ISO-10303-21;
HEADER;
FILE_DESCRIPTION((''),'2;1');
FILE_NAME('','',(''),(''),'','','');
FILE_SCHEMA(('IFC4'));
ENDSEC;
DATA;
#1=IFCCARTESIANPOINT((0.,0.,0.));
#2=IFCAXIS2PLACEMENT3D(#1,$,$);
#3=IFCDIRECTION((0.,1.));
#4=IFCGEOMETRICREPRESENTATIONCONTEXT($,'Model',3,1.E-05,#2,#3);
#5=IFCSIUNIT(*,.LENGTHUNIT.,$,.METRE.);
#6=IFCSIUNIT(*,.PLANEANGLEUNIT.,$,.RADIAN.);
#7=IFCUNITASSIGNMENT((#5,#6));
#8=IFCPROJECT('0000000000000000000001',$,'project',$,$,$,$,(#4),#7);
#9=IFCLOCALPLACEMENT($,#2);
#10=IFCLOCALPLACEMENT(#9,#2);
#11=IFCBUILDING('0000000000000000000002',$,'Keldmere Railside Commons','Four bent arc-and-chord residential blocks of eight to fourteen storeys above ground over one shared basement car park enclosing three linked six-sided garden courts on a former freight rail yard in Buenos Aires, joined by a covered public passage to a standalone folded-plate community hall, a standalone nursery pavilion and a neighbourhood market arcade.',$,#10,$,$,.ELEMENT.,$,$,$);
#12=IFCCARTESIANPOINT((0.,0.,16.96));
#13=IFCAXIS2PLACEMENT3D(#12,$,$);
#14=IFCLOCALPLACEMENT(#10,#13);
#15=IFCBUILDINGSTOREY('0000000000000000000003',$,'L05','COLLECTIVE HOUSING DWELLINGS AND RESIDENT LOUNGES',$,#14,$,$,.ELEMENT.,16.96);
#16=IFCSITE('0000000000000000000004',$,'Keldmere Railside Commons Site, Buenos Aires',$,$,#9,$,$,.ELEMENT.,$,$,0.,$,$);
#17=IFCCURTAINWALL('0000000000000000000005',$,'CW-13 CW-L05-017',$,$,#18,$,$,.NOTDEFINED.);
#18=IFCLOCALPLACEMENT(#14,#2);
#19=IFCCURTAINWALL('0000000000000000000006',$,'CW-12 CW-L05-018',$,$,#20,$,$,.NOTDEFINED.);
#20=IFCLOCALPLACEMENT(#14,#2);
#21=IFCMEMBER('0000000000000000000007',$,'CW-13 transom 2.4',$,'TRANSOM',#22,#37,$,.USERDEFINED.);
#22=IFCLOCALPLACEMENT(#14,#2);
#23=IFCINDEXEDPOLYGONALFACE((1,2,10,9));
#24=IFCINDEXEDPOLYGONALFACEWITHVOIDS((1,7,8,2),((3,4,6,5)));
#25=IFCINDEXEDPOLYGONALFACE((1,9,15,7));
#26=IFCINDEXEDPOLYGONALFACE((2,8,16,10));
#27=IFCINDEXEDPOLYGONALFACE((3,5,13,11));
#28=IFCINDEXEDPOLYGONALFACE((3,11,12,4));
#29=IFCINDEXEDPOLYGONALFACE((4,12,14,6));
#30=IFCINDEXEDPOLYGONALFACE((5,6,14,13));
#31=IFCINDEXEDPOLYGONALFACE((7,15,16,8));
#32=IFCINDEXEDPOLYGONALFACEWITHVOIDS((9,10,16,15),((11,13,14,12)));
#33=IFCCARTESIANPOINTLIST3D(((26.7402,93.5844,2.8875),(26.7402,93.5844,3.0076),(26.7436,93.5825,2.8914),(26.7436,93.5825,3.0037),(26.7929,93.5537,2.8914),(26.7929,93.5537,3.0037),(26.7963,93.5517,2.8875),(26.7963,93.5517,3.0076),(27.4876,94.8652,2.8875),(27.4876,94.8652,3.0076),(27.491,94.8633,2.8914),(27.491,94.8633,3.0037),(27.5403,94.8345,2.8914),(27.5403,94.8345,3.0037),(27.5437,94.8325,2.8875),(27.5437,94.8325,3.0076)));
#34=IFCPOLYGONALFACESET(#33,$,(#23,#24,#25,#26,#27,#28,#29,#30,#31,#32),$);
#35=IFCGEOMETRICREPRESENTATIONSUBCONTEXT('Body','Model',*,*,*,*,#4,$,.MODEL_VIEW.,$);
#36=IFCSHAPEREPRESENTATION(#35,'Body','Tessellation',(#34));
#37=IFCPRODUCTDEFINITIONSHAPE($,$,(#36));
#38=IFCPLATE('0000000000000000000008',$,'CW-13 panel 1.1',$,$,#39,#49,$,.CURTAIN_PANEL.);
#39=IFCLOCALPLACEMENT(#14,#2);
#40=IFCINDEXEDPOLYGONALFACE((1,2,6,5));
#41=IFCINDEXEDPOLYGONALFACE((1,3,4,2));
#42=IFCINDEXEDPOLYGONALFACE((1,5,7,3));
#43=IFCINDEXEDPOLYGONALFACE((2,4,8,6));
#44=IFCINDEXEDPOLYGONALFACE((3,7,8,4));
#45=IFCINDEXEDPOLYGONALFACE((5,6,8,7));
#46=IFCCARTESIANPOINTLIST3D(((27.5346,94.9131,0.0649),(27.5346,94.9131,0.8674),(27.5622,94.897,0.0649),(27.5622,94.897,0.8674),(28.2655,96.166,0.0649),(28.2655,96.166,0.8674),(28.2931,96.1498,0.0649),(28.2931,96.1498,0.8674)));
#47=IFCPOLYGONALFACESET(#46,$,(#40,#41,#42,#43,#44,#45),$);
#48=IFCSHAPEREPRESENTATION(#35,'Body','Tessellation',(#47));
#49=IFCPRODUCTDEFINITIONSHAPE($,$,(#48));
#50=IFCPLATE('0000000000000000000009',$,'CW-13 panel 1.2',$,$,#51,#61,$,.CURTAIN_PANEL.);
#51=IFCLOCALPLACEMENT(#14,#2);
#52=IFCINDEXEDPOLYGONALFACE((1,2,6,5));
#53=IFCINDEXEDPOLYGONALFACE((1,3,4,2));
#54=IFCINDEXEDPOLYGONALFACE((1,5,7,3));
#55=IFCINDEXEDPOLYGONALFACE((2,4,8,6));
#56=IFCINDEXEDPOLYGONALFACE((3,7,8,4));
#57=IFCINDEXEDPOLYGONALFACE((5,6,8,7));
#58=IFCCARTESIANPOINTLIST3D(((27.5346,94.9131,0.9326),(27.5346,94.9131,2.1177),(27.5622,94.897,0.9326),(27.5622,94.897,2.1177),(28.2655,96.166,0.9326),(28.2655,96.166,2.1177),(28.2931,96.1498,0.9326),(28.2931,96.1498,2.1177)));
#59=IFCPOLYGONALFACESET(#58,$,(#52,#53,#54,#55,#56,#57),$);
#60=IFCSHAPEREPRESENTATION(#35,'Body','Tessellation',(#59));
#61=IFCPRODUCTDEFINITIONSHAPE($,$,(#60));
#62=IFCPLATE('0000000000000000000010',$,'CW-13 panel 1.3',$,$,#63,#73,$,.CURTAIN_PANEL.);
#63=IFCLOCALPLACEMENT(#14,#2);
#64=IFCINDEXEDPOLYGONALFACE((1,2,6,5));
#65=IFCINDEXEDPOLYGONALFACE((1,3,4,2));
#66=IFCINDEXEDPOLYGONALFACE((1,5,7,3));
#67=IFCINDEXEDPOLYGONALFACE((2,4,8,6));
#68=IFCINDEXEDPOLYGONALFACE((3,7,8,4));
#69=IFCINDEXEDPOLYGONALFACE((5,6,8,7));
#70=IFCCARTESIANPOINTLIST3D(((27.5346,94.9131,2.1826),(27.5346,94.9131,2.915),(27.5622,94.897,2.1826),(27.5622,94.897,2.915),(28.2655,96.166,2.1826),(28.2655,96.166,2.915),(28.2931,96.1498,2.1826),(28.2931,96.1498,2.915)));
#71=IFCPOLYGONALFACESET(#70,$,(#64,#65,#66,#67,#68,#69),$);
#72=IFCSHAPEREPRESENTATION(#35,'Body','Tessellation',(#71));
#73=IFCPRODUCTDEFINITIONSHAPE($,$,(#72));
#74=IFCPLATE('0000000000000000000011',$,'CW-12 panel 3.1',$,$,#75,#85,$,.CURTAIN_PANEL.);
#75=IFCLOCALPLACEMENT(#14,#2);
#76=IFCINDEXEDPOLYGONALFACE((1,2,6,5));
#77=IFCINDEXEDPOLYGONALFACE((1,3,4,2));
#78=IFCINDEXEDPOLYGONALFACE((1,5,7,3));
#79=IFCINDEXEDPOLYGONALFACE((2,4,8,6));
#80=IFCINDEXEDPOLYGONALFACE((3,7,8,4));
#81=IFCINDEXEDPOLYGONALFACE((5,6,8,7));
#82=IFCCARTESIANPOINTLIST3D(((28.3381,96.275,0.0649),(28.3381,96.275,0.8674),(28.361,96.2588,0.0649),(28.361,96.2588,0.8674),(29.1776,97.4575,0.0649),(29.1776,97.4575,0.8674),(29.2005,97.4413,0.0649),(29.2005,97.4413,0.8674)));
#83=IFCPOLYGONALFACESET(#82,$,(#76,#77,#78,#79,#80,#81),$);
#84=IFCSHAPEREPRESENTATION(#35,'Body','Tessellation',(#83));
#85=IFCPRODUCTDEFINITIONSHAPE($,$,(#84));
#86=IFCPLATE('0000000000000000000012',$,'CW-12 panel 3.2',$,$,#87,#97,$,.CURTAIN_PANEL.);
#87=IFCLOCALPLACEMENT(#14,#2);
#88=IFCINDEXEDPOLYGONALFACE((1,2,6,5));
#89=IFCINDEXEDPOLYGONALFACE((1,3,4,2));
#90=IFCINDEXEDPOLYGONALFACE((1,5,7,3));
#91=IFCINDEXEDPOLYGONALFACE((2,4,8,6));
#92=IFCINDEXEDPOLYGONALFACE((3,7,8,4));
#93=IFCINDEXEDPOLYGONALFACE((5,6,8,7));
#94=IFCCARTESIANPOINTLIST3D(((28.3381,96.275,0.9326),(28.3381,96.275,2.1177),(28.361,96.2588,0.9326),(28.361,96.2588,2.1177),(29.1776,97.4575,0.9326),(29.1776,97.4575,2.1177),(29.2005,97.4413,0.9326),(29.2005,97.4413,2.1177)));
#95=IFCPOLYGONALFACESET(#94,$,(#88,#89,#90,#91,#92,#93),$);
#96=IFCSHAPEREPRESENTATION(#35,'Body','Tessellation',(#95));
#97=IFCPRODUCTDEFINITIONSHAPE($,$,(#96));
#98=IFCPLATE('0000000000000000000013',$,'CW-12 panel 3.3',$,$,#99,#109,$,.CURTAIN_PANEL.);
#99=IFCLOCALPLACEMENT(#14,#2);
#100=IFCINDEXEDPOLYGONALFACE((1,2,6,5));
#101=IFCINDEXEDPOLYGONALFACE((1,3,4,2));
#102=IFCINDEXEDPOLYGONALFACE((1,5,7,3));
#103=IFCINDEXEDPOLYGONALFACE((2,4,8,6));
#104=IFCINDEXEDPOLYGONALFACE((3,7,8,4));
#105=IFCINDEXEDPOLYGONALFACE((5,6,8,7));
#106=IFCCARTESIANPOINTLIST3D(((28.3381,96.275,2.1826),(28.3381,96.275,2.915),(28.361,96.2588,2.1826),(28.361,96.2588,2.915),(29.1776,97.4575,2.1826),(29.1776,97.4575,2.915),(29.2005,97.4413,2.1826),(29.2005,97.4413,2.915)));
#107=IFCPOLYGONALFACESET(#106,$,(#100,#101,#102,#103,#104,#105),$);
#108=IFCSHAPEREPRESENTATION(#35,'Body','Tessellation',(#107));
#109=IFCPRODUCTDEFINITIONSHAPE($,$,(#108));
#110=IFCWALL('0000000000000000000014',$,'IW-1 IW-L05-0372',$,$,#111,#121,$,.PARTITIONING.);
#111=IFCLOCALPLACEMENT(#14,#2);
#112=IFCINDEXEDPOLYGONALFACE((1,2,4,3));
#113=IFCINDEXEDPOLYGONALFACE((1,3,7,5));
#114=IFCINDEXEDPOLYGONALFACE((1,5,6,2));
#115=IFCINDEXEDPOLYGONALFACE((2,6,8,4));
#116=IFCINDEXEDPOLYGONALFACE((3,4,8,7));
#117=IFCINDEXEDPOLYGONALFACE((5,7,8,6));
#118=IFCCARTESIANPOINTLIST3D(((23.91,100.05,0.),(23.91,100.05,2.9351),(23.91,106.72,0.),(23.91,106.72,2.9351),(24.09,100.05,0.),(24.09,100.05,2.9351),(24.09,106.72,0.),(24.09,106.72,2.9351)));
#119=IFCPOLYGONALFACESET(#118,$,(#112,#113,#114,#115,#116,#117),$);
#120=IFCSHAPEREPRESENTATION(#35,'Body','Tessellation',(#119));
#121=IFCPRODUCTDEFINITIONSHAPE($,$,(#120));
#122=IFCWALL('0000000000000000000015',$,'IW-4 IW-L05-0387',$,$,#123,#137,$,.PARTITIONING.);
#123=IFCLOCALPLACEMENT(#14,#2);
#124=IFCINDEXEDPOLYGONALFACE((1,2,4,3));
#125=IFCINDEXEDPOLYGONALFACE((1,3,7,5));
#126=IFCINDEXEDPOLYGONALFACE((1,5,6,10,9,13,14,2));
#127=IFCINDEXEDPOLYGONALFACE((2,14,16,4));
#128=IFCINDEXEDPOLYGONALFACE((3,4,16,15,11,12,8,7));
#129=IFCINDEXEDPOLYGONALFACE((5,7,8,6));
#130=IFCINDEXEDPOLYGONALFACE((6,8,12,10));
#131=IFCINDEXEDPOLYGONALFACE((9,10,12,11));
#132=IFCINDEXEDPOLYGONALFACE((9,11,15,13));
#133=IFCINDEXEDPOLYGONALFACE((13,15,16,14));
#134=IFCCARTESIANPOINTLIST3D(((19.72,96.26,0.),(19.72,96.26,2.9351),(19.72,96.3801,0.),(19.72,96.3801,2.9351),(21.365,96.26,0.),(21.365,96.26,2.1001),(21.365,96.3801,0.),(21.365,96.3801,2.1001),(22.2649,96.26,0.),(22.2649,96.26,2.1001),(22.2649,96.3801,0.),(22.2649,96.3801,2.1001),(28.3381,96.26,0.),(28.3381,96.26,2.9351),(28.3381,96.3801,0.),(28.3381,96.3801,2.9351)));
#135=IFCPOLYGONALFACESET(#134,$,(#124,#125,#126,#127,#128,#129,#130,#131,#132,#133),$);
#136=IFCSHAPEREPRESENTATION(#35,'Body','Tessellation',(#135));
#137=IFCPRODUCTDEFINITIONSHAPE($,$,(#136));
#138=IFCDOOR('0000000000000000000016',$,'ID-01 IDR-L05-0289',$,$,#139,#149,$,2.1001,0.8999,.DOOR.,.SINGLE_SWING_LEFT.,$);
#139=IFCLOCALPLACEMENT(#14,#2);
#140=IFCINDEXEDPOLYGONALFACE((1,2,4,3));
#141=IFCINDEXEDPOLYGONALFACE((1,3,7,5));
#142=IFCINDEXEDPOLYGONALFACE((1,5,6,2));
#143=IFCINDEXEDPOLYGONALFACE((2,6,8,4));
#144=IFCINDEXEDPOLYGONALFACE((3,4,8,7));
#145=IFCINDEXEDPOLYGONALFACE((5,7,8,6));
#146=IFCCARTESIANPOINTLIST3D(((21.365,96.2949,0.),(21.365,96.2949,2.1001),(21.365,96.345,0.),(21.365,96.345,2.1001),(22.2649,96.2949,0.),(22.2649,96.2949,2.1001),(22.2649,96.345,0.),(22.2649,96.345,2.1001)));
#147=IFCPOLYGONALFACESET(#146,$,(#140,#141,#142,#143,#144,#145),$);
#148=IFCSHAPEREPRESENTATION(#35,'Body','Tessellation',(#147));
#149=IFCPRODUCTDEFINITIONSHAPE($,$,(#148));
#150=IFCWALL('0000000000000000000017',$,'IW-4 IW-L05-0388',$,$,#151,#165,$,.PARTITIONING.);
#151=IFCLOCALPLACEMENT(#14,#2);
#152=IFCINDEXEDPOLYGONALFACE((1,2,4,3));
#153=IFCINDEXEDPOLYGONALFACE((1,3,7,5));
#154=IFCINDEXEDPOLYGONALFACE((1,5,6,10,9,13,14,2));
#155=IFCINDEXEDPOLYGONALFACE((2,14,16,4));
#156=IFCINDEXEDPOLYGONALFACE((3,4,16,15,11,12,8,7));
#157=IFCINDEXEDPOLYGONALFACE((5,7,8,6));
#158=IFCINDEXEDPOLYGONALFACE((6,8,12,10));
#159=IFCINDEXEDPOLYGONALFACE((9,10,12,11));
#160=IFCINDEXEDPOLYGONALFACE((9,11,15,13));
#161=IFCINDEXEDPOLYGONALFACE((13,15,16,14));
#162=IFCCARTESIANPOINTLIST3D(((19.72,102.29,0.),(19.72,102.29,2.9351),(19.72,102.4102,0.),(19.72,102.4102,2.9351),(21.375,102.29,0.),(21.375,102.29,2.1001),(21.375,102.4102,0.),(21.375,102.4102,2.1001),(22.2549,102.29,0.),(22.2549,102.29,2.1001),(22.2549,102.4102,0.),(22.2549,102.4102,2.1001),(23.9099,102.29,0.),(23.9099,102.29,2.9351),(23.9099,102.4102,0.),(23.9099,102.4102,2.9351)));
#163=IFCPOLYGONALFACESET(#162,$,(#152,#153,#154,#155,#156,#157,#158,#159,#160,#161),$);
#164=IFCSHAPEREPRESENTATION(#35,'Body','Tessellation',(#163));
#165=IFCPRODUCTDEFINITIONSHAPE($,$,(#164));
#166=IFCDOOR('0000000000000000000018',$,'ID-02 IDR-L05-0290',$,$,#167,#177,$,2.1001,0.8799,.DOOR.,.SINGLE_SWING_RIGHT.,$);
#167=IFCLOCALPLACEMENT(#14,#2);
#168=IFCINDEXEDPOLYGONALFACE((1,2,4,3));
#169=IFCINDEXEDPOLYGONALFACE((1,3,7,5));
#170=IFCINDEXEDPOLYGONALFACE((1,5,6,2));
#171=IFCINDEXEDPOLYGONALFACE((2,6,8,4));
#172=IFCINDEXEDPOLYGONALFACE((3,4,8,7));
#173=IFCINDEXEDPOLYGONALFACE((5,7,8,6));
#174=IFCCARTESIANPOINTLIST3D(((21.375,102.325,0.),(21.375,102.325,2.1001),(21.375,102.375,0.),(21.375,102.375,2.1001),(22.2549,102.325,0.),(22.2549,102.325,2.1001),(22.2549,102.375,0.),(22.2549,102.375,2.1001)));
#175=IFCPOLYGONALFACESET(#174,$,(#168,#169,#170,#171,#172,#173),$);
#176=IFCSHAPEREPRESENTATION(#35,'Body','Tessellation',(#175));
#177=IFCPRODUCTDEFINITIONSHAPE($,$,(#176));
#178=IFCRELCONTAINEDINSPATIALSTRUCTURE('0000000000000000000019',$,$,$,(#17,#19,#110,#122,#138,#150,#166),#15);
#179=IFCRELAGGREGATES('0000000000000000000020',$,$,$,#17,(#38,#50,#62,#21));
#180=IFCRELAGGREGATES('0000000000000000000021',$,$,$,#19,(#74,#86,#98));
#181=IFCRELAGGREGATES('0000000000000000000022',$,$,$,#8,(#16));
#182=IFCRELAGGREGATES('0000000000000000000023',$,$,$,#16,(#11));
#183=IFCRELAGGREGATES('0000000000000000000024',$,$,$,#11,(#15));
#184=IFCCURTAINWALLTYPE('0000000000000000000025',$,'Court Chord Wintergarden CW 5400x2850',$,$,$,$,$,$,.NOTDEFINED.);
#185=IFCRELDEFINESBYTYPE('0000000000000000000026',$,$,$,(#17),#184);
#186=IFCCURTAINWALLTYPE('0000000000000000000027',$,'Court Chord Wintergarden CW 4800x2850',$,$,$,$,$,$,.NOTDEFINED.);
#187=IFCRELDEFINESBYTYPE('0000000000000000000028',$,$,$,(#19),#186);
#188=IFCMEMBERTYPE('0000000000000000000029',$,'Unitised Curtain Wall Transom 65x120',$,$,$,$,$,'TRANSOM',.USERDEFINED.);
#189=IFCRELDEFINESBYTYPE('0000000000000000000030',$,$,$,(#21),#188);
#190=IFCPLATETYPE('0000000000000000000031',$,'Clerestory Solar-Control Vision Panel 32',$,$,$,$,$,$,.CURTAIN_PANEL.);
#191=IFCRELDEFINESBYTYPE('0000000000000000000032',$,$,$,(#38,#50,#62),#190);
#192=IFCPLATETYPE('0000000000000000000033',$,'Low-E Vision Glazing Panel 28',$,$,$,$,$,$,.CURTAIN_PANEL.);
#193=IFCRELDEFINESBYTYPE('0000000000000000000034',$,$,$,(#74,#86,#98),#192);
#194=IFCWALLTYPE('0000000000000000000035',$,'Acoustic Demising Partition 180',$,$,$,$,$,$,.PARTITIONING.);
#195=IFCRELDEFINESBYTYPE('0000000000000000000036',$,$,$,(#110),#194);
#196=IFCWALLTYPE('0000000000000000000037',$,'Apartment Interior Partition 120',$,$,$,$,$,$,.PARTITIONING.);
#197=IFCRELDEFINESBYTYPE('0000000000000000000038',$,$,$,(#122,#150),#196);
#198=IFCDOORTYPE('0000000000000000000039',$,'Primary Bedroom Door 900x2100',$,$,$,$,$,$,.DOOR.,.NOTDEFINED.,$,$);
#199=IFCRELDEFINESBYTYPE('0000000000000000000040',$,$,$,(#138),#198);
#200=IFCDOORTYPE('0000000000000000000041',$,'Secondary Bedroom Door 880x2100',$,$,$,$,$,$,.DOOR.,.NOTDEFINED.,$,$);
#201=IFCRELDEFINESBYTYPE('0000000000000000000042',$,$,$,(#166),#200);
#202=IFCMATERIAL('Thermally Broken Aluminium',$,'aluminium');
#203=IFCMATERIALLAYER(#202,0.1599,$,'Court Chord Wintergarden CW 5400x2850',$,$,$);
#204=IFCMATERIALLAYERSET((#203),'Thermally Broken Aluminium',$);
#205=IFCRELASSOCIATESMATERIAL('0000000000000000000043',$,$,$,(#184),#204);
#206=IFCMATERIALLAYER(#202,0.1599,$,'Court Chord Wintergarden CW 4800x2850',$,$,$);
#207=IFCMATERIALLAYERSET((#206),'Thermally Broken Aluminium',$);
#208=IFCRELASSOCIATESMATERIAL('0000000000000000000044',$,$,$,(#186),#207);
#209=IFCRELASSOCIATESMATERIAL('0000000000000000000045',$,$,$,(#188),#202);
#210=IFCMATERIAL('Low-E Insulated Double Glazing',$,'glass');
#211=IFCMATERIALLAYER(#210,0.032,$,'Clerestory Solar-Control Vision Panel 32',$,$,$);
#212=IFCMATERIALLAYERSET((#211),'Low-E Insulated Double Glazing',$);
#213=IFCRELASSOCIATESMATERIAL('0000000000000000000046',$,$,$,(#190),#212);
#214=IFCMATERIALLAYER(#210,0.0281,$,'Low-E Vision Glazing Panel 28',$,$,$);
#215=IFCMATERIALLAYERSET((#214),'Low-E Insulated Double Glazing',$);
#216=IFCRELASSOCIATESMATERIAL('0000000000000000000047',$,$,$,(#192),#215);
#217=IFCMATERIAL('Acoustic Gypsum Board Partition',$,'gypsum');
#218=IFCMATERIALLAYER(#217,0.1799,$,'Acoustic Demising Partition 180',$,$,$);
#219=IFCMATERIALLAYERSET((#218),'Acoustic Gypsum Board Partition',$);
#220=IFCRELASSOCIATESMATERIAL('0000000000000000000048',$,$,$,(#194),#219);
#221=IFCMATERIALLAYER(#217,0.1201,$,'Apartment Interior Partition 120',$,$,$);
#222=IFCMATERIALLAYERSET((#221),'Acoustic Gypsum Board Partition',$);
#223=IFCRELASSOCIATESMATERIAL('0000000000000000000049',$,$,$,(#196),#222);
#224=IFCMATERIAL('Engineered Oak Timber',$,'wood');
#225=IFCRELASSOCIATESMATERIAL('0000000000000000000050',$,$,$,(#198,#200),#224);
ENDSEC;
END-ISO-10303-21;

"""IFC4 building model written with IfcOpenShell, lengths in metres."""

from ifc_helpers import new_model, si_unit, direction, frame, frame_2d, origin, origin_2d, place, context, subcontext, project, spatial, rectangle, hollow_rectangle, extrude, material, layer, layer_set, material_profile, profile_set, type_object, element, fill, aggregate, save


model = new_model("IFC4")

# Units and contexts
model_context = context("Model", 3, precision=1e-05, world=origin(), true_north=direction((0.0, 1.0)))
body_context = subcontext(model_context, "Body", "Model", "MODEL_VIEW")
ifc_project = project(units=[si_unit("LENGTHUNIT", "METRE"), si_unit("PLANEANGLEUNIT", "RADIAN")], contexts=[model_context])

# Site, building, storey
site_placement = place(None, origin())
site = spatial("IfcSite", under=ifc_project, at=site_placement, Name="Keldmere Railside Commons Site, Buenos Aires", CompositionType="ELEMENT", RefElevation=0.0)
building_placement = place(site_placement, origin())
building = spatial("IfcBuilding", under=site, at=building_placement, Name="Keldmere Railside Commons", Description="Four bent arc-and-chord residential blocks of eight to fourteen storeys above ground over one shared basement car park enclosing three linked six-sided garden courts on a former freight rail yard in Buenos Aires, joined by a covered public passage to a standalone folded-plate community hall, a standalone nursery pavilion and a neighbourhood market arcade.", CompositionType="ELEMENT")
storey_placement = place(building_placement, frame((0.0, 0.0, 16.96)))
storey = spatial("IfcBuildingStorey", under=building, at=storey_placement, Name="L05", Description="COLLECTIVE HOUSING DWELLINGS AND RESIDENT LOUNGES", CompositionType="ELEMENT", Elevation=16.96)

# Curtain wall
ifc_material_1 = material(Name="Thermally Broken Aluminium", Category="aluminium")
ifc_layer_1 = layer(ifc_material_1, 0.1599, Name="Court Chord Wintergarden CW 5400x2850")
ifc_layer_set_1 = layer_set([ifc_layer_1], Name="Thermally Broken Aluminium")
curtain_wall_type_1 = type_object("IfcCurtainWallType", Name="Court Chord Wintergarden CW 5400x2850", PredefinedType="NOTDEFINED", material=ifc_layer_set_1)
curtain_wall_1_placement = place(storey_placement, origin())
curtain_wall_1 = element("IfcCurtainWall", 1, at=curtain_wall_1_placement, inside=storey, type_object=curtain_wall_type_1, Name="CW-13 CW-L05-017", PredefinedType="NOTDEFINED")

# Curtain wall
ifc_layer_2 = layer(ifc_material_1, 0.1599, Name="Court Chord Wintergarden CW 4800x2850")
ifc_layer_set_2 = layer_set([ifc_layer_2], Name="Thermally Broken Aluminium")
curtain_wall_type_2 = type_object("IfcCurtainWallType", Name="Court Chord Wintergarden CW 4800x2850", PredefinedType="NOTDEFINED", material=ifc_layer_set_2)
curtain_wall_2_placement = place(storey_placement, origin())
curtain_wall_2 = element("IfcCurtainWall", 2, at=curtain_wall_2_placement, inside=storey, type_object=curtain_wall_type_2, Name="CW-12 CW-L05-018", PredefinedType="NOTDEFINED")

# Member
ifc_material_profile_1 = material_profile(ifc_material_1, hollow_rectangle(XDim=0.0649, YDim=0.1201, WallThickness=0.0039, at=origin_2d()), Name="ALU-TRAN-65x120")
ifc_profile_set_1 = profile_set([ifc_material_profile_1], Name="Thermally Broken Aluminium")
member_type_1 = type_object("IfcMemberType", Name="Unitised Curtain Wall Transom 65x120", ElementType="TRANSOM", PredefinedType="USERDEFINED", material=ifc_profile_set_1)
member_1_placement = place(storey_placement, frame((27.5156, 94.8489, 2.9475), z_axis=(-0.503973, -0.863719, 0.0), x_axis=(0.863719, -0.503973, 0.0)))
member_1 = element("IfcMember", 3, at=member_1_placement, type_object=member_type_1, Name="CW-13 transom 2.4", ObjectType="TRANSOM", PredefinedType="USERDEFINED", context=body_context, shape_type="SweptSolid", body=[
    extrude(hollow_rectangle(XDim=0.0649, YDim=0.1201, WallThickness=0.0039, at=origin_2d()), origin(), (0.0, 0.0, 1.0), 1.4829),
])

# Plates
ifc_material_2 = material(Name="Low-E Insulated Double Glazing", Category="glass")
ifc_layer_3 = layer(ifc_material_2, 0.032, Name="Clerestory Solar-Control Vision Panel 32")
ifc_layer_set_3 = layer_set([ifc_layer_3], Name="Low-E Insulated Double Glazing")
plate_type_1 = type_object("IfcPlateType", Name="Clerestory Solar-Control Vision Panel 32", PredefinedType="CURTAIN_PANEL", material=ifc_layer_set_3)
plate_1_placement = place(storey_placement, frame((27.9138, 95.5315, 0.0649), z_axis=(0.0, 0.0, 1.0), x_axis=(-0.503911, -0.863755, 0.0)))
plate_1 = element("IfcPlate", 4, at=plate_1_placement, type_object=plate_type_1, Name="CW-13 panel 1.1", PredefinedType="CURTAIN_PANEL", context=body_context, shape_type="SweptSolid", body=[
    extrude(rectangle(XDim=1.4504, YDim=0.032, at=origin_2d()), origin(), (0.0, 0.0, 1.0), 0.8025),
])
plate_2_placement = place(storey_placement, frame((27.9138, 95.5315, 0.9326), z_axis=(0.0, 0.0, 1.0), x_axis=(-0.503911, -0.863755, 0.0)))
plate_2 = element("IfcPlate", 5, at=plate_2_placement, type_object=plate_type_1, Name="CW-13 panel 1.2", PredefinedType="CURTAIN_PANEL", context=body_context, shape_type="SweptSolid", body=[
    extrude(rectangle(XDim=1.4504, YDim=0.032, at=origin_2d()), origin(), (0.0, 0.0, 1.0), 1.1851),
])
plate_3_placement = place(storey_placement, frame((27.9138, 95.5315, 2.1826), z_axis=(0.0, 0.0, 1.0), x_axis=(-0.503911, -0.863755, 0.0)))
plate_3 = element("IfcPlate", 6, at=plate_3_placement, type_object=plate_type_1, Name="CW-13 panel 1.3", PredefinedType="CURTAIN_PANEL", context=body_context, shape_type="SweptSolid", body=[
    extrude(rectangle(XDim=1.4504, YDim=0.032, at=origin_2d()), origin(), (0.0, 0.0, 1.0), 0.7324),
])
aggregate(curtain_wall_1, [plate_1, plate_2, plate_3, member_1])
ifc_layer_4 = layer(ifc_material_2, 0.0281, Name="Low-E Vision Glazing Panel 28")
ifc_layer_set_4 = layer_set([ifc_layer_4], Name="Low-E Insulated Double Glazing")
plate_type_2 = type_object("IfcPlateType", Name="Low-E Vision Glazing Panel 28", PredefinedType="CURTAIN_PANEL", material=ifc_layer_set_4)
plate_4_placement = place(storey_placement, frame((28.7693, 96.8582, 0.0649), z_axis=(0.0, 0.0, 1.0), x_axis=(-0.578913, -0.815389, 0.0)))
plate_4 = element("IfcPlate", 7, at=plate_4_placement, type_object=plate_type_2, Name="CW-12 panel 3.1", PredefinedType="CURTAIN_PANEL", context=body_context, shape_type="SweptSolid", body=[
    extrude(rectangle(XDim=1.4502, YDim=0.0281, at=origin_2d()), origin(), (0.0, 0.0, 1.0), 0.8025),
])
plate_5_placement = place(storey_placement, frame((28.7693, 96.8582, 0.9326), z_axis=(0.0, 0.0, 1.0), x_axis=(-0.578913, -0.815389, 0.0)))
plate_5 = element("IfcPlate", 8, at=plate_5_placement, type_object=plate_type_2, Name="CW-12 panel 3.2", PredefinedType="CURTAIN_PANEL", context=body_context, shape_type="SweptSolid", body=[
    extrude(rectangle(XDim=1.4502, YDim=0.0281, at=origin_2d()), origin(), (0.0, 0.0, 1.0), 1.1851),
])
plate_6_placement = place(storey_placement, frame((28.7693, 96.8582, 2.1826), z_axis=(0.0, 0.0, 1.0), x_axis=(-0.578913, -0.815389, 0.0)))
plate_6 = element("IfcPlate", 9, at=plate_6_placement, type_object=plate_type_2, Name="CW-12 panel 3.3", PredefinedType="CURTAIN_PANEL", context=body_context, shape_type="SweptSolid", body=[
    extrude(rectangle(XDim=1.4502, YDim=0.0281, at=origin_2d()), origin(), (0.0, 0.0, 1.0), 0.7324),
])
aggregate(curtain_wall_2, [plate_4, plate_5, plate_6])

# Wall
ifc_material_3 = material(Name="Acoustic Gypsum Board Partition", Category="gypsum")
ifc_layer_5 = layer(ifc_material_3, 0.1799, Name="Acoustic Demising Partition 180")
ifc_layer_set_5 = layer_set([ifc_layer_5], Name="Acoustic Gypsum Board Partition")
wall_type_1 = type_object("IfcWallType", Name="Acoustic Demising Partition 180", PredefinedType="PARTITIONING", material=ifc_layer_set_5)
wall_1_placement = place(storey_placement, frame((24.0, 100.05, 0.0), z_axis=(0.0, 0.0, 1.0), x_axis=(0.0, 1.0, 0.0)))
element("IfcWall", 10, at=wall_1_placement, inside=storey, type_object=wall_type_1, Name="IW-1 IW-L05-0372", PredefinedType="PARTITIONING", context=body_context, shape_type="SweptSolid", body=[
    extrude(rectangle(XDim=6.6699, YDim=0.1799, at=frame_2d((3.335, 0.0))), origin(), (0.0, 0.0, 1.0), 2.9351),
])

# Walls, openings, doors
ifc_layer_6 = layer(ifc_material_3, 0.1201, Name="Apartment Interior Partition 120")
ifc_layer_set_6 = layer_set([ifc_layer_6], Name="Acoustic Gypsum Board Partition")
wall_type_2 = type_object("IfcWallType", Name="Apartment Interior Partition 120", PredefinedType="PARTITIONING", material=ifc_layer_set_6)
wall_2_placement = place(storey_placement, frame((19.72, 96.3201, 0.0), z_axis=(0.0, 0.0, 1.0), x_axis=(1.0, 0.0, 0.0)))
wall_2 = element("IfcWall", 11, at=wall_2_placement, inside=storey, type_object=wall_type_2, Name="IW-4 IW-L05-0387", PredefinedType="PARTITIONING", context=body_context, shape_type="SweptSolid", body=[
    extrude(rectangle(XDim=8.6182, YDim=0.1201, at=frame_2d((4.3091, 0.0))), origin(), (0.0, 0.0, 1.0), 2.9351),
])
opening_1_placement = place(wall_2_placement, frame((1.645, 0.0, 0.0)))
opening_1 = element("IfcOpeningElement", 12, at=opening_1_placement, cuts=wall_2, PredefinedType="OPENING", context=body_context, shape_type="SweptSolid", body=[
    extrude(rectangle(XDim=0.8999, YDim=2.1001, at=frame_2d((0.45, 1.05))), frame((0.0, 0.0701, 0.0), z_axis=(0.0, -1.0, 0.0), x_axis=(1.0, 0.0, 0.0)), (0.0, 0.0, 1.0), 0.1401),
])
ifc_material_4 = material(Name="Engineered Oak Timber", Category="wood")
door_type_1 = type_object("IfcDoorType", Name="Primary Bedroom Door 900x2100", OperationType="NOTDEFINED", PredefinedType="DOOR", material=ifc_material_4)
door_1_placement = place(opening_1_placement, origin())
door_1 = element("IfcDoor", 13, at=door_1_placement, inside=storey, type_object=door_type_1, Name="ID-01 IDR-L05-0289", OperationType="SINGLE_SWING_LEFT", OverallHeight=2.1001, OverallWidth=0.8999, PredefinedType="DOOR", context=body_context, shape_type="SweptSolid", body=[
    extrude(rectangle(XDim=0.8999, YDim=2.1001, at=frame_2d((0.45, 1.05))), frame((0.0, 0.0249, 0.0), z_axis=(0.0, -1.0, 0.0), x_axis=(1.0, 0.0, 0.0)), (0.0, 0.0, 1.0), 0.05),
])
fill(opening_1, door_1)
wall_3_placement = place(storey_placement, frame((19.72, 102.3501, 0.0), z_axis=(0.0, 0.0, 1.0), x_axis=(1.0, 0.0, 0.0)))
wall_3 = element("IfcWall", 14, at=wall_3_placement, inside=storey, type_object=wall_type_2, Name="IW-4 IW-L05-0388", PredefinedType="PARTITIONING", context=body_context, shape_type="SweptSolid", body=[
    extrude(rectangle(XDim=4.1899, YDim=0.1201, at=frame_2d((2.095, 0.0))), origin(), (0.0, 0.0, 1.0), 2.9351),
])
opening_2_placement = place(wall_3_placement, frame((1.655, 0.0, 0.0)))
opening_2 = element("IfcOpeningElement", 15, at=opening_2_placement, cuts=wall_3, PredefinedType="OPENING", context=body_context, shape_type="SweptSolid", body=[
    extrude(rectangle(XDim=0.8799, YDim=2.1001, at=frame_2d((0.4399, 1.05))), frame((0.0, 0.0701, 0.0), z_axis=(0.0, -1.0, 0.0), x_axis=(1.0, 0.0, 0.0)), (0.0, 0.0, 1.0), 0.1401),
])
door_type_2 = type_object("IfcDoorType", Name="Secondary Bedroom Door 880x2100", OperationType="NOTDEFINED", PredefinedType="DOOR", material=ifc_material_4)
door_2_placement = place(opening_2_placement, origin())
door_2 = element("IfcDoor", 16, at=door_2_placement, inside=storey, type_object=door_type_2, Name="ID-02 IDR-L05-0290", OperationType="SINGLE_SWING_RIGHT", OverallHeight=2.1001, OverallWidth=0.8799, PredefinedType="DOOR", context=body_context, shape_type="SweptSolid", body=[
    extrude(rectangle(XDim=0.8799, YDim=2.1001, at=frame_2d((0.4399, 1.05))), frame((0.0, 0.0249, 0.0), z_axis=(0.0, -1.0, 0.0), x_axis=(1.0, 0.0, 0.0)), (0.0, 0.0, 1.0), 0.05),
])
fill(opening_2, door_2)

save(model, "model.ifc")
